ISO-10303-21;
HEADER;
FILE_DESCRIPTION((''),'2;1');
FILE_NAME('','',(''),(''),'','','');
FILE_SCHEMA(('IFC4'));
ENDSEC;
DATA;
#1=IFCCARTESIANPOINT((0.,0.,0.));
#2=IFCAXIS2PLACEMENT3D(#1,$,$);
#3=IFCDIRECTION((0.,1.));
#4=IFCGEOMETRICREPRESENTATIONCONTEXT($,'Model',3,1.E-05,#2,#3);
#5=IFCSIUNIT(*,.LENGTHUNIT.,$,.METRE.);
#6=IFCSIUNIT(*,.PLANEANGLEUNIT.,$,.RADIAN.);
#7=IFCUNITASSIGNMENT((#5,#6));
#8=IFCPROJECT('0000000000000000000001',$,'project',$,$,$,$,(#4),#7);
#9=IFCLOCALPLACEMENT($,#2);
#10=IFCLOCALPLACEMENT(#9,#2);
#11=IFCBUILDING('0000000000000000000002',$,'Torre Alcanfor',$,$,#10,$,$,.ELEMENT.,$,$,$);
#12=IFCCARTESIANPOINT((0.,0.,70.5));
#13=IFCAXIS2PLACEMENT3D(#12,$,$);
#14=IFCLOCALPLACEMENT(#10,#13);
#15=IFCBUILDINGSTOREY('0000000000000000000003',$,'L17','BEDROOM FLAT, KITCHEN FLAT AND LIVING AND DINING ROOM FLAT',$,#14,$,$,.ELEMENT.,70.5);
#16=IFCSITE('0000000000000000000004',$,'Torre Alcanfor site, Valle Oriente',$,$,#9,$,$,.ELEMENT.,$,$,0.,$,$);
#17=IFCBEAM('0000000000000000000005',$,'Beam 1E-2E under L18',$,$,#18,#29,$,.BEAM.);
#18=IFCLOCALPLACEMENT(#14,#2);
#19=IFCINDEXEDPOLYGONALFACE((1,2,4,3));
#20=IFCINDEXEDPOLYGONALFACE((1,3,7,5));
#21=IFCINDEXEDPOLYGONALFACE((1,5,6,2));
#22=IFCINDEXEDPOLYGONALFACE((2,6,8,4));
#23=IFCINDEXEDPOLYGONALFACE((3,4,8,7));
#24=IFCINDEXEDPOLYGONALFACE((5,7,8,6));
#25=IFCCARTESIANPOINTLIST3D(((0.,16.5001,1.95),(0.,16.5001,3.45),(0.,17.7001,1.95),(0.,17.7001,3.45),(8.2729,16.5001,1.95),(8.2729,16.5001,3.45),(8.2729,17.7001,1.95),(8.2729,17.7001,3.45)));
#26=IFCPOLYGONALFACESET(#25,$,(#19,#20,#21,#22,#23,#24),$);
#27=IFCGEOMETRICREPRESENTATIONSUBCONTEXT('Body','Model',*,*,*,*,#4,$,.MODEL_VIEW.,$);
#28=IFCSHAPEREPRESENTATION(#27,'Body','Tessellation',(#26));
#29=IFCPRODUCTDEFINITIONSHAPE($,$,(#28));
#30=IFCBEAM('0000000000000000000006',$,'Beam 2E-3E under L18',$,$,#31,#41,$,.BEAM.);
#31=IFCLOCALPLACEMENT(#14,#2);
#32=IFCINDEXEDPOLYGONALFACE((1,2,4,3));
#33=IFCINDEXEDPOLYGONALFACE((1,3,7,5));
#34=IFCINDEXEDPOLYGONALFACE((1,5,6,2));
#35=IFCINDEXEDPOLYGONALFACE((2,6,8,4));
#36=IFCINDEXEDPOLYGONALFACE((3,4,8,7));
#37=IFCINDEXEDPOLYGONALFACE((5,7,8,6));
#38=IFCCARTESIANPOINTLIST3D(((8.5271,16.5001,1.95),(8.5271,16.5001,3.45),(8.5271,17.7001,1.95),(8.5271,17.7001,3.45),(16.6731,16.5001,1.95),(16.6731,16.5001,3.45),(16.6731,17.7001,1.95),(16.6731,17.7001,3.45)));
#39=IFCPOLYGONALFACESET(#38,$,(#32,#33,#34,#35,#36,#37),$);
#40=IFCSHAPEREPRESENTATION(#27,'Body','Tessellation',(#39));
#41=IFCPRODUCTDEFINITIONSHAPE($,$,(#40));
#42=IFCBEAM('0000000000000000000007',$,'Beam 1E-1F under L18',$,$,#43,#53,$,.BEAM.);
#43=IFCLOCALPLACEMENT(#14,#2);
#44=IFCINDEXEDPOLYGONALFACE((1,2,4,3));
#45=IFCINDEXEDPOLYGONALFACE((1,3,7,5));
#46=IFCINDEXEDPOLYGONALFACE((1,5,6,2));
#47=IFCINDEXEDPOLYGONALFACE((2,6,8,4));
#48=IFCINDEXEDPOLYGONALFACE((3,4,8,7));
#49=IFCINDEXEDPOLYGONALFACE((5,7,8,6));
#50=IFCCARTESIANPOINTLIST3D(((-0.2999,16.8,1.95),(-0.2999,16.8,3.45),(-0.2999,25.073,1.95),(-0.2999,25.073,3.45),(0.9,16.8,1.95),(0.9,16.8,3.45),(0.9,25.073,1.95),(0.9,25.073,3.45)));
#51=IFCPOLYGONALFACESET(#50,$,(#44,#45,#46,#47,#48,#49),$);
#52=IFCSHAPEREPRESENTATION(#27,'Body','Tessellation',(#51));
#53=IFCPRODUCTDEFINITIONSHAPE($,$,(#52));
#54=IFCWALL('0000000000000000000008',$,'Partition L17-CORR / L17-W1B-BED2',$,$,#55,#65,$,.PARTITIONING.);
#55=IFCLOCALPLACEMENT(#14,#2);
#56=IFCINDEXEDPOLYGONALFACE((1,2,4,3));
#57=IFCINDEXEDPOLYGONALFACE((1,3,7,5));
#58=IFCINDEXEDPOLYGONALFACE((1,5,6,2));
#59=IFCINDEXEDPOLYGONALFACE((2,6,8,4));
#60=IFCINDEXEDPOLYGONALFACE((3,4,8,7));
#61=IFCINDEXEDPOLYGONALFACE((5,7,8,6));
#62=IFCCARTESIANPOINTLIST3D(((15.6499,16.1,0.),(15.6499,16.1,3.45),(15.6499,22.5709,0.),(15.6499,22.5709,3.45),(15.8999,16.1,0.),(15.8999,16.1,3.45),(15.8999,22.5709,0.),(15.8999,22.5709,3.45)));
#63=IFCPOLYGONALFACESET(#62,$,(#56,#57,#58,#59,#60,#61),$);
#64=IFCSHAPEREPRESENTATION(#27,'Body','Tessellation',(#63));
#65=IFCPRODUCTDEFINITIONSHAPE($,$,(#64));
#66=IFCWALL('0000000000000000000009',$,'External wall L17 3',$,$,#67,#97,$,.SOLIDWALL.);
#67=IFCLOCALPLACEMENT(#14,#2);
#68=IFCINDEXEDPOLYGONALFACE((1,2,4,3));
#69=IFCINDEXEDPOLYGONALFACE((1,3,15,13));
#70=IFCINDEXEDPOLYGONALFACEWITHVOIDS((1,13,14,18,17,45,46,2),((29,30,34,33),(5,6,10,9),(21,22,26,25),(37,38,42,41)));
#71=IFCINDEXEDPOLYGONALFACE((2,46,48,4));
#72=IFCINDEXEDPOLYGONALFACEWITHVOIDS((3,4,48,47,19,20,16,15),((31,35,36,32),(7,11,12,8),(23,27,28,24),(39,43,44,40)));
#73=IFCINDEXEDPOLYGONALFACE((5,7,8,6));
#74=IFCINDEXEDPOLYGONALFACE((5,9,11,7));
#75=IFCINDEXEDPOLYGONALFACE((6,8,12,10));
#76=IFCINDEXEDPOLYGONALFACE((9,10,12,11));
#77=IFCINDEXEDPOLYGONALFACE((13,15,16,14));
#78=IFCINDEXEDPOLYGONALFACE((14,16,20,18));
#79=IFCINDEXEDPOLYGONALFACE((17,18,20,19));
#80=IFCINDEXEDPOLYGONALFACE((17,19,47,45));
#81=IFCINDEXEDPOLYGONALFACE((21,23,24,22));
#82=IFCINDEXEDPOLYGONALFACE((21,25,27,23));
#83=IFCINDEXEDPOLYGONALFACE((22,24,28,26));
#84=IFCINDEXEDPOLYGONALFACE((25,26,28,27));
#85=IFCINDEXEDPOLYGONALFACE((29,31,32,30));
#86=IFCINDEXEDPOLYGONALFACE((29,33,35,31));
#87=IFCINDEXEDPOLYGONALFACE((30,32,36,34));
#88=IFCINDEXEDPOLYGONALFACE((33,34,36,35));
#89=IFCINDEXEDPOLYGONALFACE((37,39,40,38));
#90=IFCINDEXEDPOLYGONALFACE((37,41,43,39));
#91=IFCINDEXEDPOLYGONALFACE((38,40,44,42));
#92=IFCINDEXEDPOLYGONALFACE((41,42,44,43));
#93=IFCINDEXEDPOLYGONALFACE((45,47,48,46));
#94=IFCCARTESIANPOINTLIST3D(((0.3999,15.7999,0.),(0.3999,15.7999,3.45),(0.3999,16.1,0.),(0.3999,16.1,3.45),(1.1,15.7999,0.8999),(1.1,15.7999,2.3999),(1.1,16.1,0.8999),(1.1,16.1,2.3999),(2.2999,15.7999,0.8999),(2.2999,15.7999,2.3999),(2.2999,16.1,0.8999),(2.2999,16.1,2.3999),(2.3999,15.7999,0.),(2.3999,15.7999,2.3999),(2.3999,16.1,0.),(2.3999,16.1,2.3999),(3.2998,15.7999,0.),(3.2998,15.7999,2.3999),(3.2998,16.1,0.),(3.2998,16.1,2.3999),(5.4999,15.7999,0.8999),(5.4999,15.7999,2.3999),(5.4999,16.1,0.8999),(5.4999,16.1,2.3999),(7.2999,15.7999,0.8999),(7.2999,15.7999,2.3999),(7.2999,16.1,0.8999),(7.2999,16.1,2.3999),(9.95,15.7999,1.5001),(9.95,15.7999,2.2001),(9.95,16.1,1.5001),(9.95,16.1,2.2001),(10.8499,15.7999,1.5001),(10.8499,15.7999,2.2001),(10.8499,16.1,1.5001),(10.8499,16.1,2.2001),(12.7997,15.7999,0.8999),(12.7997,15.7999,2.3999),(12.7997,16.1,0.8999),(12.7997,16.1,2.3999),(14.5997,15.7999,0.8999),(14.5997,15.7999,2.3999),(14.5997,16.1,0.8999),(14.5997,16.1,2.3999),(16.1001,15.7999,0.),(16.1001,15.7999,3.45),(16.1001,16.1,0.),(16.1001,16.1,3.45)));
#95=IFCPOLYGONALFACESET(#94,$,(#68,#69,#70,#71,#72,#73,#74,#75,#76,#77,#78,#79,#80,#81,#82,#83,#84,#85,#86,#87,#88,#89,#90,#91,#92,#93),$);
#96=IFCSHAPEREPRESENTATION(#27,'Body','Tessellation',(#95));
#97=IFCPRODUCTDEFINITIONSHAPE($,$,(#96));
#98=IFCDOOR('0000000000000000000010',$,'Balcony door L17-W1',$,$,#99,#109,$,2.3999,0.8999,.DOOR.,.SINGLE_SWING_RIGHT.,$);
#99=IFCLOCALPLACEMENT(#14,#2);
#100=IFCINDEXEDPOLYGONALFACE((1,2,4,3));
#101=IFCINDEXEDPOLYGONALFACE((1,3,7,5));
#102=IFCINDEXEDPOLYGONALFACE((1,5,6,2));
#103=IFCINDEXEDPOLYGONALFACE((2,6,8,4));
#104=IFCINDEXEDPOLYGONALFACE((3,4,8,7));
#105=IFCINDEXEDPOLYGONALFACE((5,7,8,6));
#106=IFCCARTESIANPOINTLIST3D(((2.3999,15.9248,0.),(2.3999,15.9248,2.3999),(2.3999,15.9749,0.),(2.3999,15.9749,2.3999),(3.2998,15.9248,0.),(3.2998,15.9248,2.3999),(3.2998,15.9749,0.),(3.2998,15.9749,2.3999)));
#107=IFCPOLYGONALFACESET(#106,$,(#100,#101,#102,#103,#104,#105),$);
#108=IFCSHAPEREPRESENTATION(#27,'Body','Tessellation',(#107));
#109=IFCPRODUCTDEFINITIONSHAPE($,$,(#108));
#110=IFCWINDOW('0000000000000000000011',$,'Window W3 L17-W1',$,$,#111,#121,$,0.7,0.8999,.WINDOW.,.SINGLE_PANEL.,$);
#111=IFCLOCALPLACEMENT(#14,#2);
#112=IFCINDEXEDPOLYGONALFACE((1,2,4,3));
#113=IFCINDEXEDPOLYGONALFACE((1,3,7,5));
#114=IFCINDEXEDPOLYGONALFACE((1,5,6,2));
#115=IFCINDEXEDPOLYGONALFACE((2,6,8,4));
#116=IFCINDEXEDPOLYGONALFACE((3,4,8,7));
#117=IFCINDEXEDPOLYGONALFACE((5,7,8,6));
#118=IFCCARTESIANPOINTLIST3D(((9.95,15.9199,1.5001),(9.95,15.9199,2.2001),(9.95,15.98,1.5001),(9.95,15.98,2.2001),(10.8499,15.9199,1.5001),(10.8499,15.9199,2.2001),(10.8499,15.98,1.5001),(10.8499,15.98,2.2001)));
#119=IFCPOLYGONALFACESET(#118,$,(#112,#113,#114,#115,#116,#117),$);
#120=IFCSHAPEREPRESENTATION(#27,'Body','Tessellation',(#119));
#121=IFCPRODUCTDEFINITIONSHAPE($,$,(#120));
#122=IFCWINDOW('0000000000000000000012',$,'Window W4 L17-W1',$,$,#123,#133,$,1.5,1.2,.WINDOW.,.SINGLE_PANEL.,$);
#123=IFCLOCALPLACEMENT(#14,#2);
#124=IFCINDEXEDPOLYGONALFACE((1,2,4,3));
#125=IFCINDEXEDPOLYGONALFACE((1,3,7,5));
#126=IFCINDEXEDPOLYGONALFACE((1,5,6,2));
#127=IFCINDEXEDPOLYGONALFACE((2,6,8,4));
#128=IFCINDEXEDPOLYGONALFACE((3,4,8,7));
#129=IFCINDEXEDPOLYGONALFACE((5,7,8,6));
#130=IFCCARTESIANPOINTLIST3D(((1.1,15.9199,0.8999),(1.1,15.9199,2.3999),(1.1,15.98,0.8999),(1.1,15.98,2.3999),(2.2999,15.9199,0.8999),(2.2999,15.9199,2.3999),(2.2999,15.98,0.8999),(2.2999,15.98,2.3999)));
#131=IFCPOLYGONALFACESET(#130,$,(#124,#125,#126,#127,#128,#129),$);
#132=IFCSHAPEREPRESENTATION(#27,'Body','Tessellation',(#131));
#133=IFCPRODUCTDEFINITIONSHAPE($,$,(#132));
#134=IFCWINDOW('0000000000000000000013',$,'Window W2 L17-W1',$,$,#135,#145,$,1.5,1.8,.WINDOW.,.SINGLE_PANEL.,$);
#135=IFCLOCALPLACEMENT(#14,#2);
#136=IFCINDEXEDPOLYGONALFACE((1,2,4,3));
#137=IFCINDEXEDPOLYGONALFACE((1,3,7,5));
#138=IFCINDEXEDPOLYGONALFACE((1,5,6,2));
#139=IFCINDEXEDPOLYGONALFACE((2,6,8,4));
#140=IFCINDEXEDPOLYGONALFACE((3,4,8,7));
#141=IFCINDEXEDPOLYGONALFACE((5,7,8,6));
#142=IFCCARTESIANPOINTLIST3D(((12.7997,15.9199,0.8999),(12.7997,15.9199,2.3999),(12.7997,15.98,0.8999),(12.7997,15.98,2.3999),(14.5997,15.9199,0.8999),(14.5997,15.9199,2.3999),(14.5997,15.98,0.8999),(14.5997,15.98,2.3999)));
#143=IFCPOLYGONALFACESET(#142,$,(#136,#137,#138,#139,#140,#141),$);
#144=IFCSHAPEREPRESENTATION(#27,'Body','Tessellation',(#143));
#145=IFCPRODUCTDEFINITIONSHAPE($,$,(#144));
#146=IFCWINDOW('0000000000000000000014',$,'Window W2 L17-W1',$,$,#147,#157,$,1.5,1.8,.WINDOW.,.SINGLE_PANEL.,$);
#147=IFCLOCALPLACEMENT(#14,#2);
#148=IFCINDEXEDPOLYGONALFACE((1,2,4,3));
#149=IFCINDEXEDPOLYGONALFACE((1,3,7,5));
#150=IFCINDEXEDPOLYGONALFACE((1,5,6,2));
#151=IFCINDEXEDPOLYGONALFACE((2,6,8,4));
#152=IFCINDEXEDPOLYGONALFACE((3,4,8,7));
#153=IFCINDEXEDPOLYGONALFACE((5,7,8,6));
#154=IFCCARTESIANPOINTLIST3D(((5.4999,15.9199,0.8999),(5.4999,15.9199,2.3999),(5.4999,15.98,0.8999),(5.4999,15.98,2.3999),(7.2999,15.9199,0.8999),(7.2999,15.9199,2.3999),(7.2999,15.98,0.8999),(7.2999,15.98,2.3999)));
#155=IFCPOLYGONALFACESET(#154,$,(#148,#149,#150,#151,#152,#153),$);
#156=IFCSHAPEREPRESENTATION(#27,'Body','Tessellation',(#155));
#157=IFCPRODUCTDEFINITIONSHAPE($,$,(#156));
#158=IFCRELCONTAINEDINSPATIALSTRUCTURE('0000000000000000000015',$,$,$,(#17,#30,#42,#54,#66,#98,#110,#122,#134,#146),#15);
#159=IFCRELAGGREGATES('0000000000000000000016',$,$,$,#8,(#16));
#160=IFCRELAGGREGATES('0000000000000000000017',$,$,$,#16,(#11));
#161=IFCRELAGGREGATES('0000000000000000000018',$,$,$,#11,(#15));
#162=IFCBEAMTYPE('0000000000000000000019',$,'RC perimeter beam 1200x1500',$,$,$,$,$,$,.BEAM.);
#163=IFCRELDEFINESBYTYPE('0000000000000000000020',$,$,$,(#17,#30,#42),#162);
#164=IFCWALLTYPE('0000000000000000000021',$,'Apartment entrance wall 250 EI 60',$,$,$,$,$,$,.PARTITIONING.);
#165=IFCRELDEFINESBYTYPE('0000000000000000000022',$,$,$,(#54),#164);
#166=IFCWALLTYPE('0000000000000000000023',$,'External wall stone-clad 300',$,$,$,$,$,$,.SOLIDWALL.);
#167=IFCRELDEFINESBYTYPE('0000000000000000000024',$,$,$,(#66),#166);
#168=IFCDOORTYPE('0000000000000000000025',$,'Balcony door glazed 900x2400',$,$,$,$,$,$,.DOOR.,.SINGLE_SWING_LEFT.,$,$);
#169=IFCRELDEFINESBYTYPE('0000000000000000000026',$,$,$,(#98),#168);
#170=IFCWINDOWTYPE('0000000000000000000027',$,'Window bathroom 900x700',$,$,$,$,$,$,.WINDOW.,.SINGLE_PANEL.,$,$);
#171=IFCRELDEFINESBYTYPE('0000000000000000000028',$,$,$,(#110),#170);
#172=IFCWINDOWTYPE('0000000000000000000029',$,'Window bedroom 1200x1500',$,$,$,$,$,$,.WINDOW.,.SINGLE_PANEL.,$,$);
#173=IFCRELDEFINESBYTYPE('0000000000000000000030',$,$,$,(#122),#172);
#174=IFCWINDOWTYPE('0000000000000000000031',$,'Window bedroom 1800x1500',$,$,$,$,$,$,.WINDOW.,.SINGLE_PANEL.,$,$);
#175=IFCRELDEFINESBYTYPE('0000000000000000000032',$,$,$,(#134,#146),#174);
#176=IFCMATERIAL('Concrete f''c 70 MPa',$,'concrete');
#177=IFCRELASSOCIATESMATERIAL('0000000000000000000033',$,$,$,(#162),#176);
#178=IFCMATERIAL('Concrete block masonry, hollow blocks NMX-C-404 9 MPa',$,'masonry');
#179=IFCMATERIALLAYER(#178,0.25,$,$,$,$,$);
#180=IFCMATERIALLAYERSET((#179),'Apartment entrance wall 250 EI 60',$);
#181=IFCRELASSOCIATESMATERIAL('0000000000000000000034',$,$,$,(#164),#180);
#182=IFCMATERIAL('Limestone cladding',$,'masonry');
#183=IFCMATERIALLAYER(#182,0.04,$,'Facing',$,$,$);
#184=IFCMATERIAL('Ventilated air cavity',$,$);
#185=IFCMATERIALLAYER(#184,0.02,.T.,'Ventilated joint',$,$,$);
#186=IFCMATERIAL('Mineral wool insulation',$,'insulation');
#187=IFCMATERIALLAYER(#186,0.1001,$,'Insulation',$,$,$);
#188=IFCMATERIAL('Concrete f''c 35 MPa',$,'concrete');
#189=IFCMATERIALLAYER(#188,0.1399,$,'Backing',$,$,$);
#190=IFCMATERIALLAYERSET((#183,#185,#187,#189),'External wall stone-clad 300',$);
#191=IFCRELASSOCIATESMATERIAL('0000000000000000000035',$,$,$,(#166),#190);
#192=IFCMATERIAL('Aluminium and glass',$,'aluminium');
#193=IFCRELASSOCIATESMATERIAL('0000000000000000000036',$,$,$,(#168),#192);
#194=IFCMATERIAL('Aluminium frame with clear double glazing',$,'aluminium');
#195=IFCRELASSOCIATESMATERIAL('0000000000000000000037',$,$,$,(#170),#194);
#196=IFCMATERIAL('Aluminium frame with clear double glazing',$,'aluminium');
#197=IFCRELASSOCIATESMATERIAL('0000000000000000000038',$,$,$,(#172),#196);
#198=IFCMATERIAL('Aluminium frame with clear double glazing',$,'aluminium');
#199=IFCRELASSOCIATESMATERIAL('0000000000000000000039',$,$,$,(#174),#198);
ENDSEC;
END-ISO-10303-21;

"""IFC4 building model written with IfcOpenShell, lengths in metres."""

from ifc_helpers import new_model, si_unit, direction, frame, frame_2d, origin, origin_2d, place, context, subcontext, project, spatial, rectangle, extrude, material, layer, layer_set, material_profile, profile_set, type_object, element, fill, save


model = new_model("IFC4")

# Units and contexts
model_context = context("Model", 3, precision=1e-05, world=origin(), true_north=direction((0.0, 1.0)))
body_context = subcontext(model_context, "Body", "Model", "MODEL_VIEW")
ifc_project = project(units=[si_unit("LENGTHUNIT", "METRE"), si_unit("PLANEANGLEUNIT", "RADIAN")], contexts=[model_context])

# Site, building, storey
site_placement = place(None, origin())
site = spatial("IfcSite", under=ifc_project, at=site_placement, Name="Torre Alcanfor site, Valle Oriente", CompositionType="ELEMENT", RefElevation=0.0)
building_placement = place(site_placement, origin())
building = spatial("IfcBuilding", under=site, at=building_placement, Name="Torre Alcanfor", CompositionType="ELEMENT")
storey_placement = place(building_placement, frame((0.0, 0.0, 70.5)))
storey = spatial("IfcBuildingStorey", under=building, at=storey_placement, Name="L17", Description="BEDROOM FLAT, KITCHEN FLAT AND LIVING AND DINING ROOM FLAT", CompositionType="ELEMENT", Elevation=70.5)

# Beams
ifc_material_1 = material(Name="Concrete f'c 70 MPa", Category="concrete")
ifc_material_profile_1 = material_profile(ifc_material_1, rectangle(XDim=1.2, YDim=1.5, at=origin_2d()), Name="1200x1500")
ifc_profile_set_1 = profile_set([ifc_material_profile_1], Name="Concrete f'c 70 MPa")
beam_type_1 = type_object("IfcBeamType", Name="RC perimeter beam 1200x1500", PredefinedType="BEAM", material=ifc_profile_set_1)
beam_1_placement = place(storey_placement, frame((0.0, 17.1001, 2.7), z_axis=(1.0, 0.0, 0.0), x_axis=(0.0, 1.0, 0.0)))
element("IfcBeam", 1, at=beam_1_placement, inside=storey, type_object=beam_type_1, Name="Beam 1E-2E under L18", PredefinedType="BEAM", context=body_context, shape_type="SweptSolid", body=[
    extrude(rectangle(XDim=1.2, YDim=1.5, at=origin_2d()), origin(), (0.0, 0.0, 1.0), 8.2729),
])
beam_2_placement = place(storey_placement, frame((8.5271, 17.1001, 2.7), z_axis=(1.0, 0.0, 0.0), x_axis=(0.0, 1.0, 0.0)))
element("IfcBeam", 2, at=beam_2_placement, inside=storey, type_object=beam_type_1, Name="Beam 2E-3E under L18", PredefinedType="BEAM", context=body_context, shape_type="SweptSolid", body=[
    extrude(rectangle(XDim=1.2, YDim=1.5, at=origin_2d()), origin(), (0.0, 0.0, 1.0), 8.146),
])
beam_3_placement = place(storey_placement, frame((0.3, 16.8, 2.7), z_axis=(0.0, 1.0, 0.0), x_axis=(-1.0, 0.0, 0.0)))
element("IfcBeam", 3, at=beam_3_placement, inside=storey, type_object=beam_type_1, Name="Beam 1E-1F under L18", PredefinedType="BEAM", context=body_context, shape_type="SweptSolid", body=[
    extrude(rectangle(XDim=1.2, YDim=1.5, at=origin_2d()), origin(), (0.0, 0.0, 1.0), 8.2729),
])

# Wall
ifc_material_2 = material(Name="Concrete block masonry, hollow blocks NMX-C-404 9 MPa", Category="masonry")
ifc_layer_1 = layer(ifc_material_2, 0.25)
ifc_layer_set_1 = layer_set([ifc_layer_1], Name="Apartment entrance wall 250 EI 60")
wall_type_1 = type_object("IfcWallType", Name="Apartment entrance wall 250 EI 60", PredefinedType="PARTITIONING", material=ifc_layer_set_1)
wall_1_placement = place(storey_placement, frame((15.7749, 16.1001, 0.0), z_axis=(0.0, 0.0, 1.0), x_axis=(0.0, 1.0, 0.0)))
element("IfcWall", 4, at=wall_1_placement, inside=storey, type_object=wall_type_1, Name="Partition L17-CORR / L17-W1B-BED2", PredefinedType="PARTITIONING", context=body_context, shape_type="SweptSolid", body=[
    extrude(rectangle(XDim=6.4709, YDim=0.25, at=frame_2d((3.2354, 0.0))), origin(), (0.0, 0.0, 1.0), 3.45),
])

# Wall, openings, door, windows
ifc_material_3 = material(Name="Limestone cladding", Category="masonry")
ifc_layer_2 = layer(ifc_material_3, 0.04, Name="Facing")
ifc_material_4 = material(Name="Ventilated air cavity")
ifc_layer_3 = layer(ifc_material_4, 0.02, ventilated=True, Name="Ventilated joint")
ifc_material_5 = material(Name="Mineral wool insulation", Category="insulation")
ifc_layer_4 = layer(ifc_material_5, 0.1001, Name="Insulation")
ifc_material_6 = material(Name="Concrete f'c 35 MPa", Category="concrete")
ifc_layer_5 = layer(ifc_material_6, 0.1399, Name="Backing")
ifc_layer_set_2 = layer_set([ifc_layer_2, ifc_layer_3, ifc_layer_4, ifc_layer_5], Name="External wall stone-clad 300")
wall_type_2 = type_object("IfcWallType", Name="External wall stone-clad 300", PredefinedType="SOLIDWALL", material=ifc_layer_set_2)
wall_2_placement = place(storey_placement, frame((0.3999, 15.95, 0.0), z_axis=(0.0, 0.0, 1.0), x_axis=(1.0, 0.0, 0.0)))
wall_2 = element("IfcWall", 5, at=wall_2_placement, inside=storey, type_object=wall_type_2, Name="External wall L17 3", PredefinedType="SOLIDWALL", context=body_context, shape_type="SweptSolid", body=[
    extrude(rectangle(XDim=15.7002, YDim=0.3, at=frame_2d((7.8501, 0.0))), origin(), (0.0, 0.0, 1.0), 3.45),
])
opening_1_placement = place(wall_2_placement, frame((12.3999, 0.0, 0.8999)))
opening_1 = element("IfcOpeningElement", 6, at=opening_1_placement, cuts=wall_2, PredefinedType="OPENING", context=body_context, shape_type="SweptSolid", body=[
    extrude(rectangle(XDim=1.8, YDim=1.5, at=frame_2d((0.8999, 0.75))), frame((0.0, 0.1599, 0.0), z_axis=(0.0, -1.0, 0.0), x_axis=(1.0, 0.0, 0.0)), (0.0, 0.0, 1.0), 0.3201),
])
opening_2_placement = place(wall_2_placement, frame((9.55, 0.0, 1.5)))
opening_2 = element("IfcOpeningElement", 7, at=opening_2_placement, cuts=wall_2, PredefinedType="OPENING", context=body_context, shape_type="SweptSolid", body=[
    extrude(rectangle(XDim=0.8999, YDim=0.7, at=frame_2d((0.45, 0.3501))), frame((0.0, 0.1599, 0.0), z_axis=(0.0, -1.0, 0.0), x_axis=(1.0, 0.0, 0.0)), (0.0, 0.0, 1.0), 0.3201),
])
opening_3_placement = place(wall_2_placement, frame((5.1001, 0.0, 0.8999)))
opening_3 = element("IfcOpeningElement", 8, at=opening_3_placement, cuts=wall_2, PredefinedType="OPENING", context=body_context, shape_type="SweptSolid", body=[
    extrude(rectangle(XDim=1.8, YDim=1.5, at=frame_2d((0.8999, 0.75))), frame((0.0, 0.1599, 0.0), z_axis=(0.0, -1.0, 0.0), x_axis=(1.0, 0.0, 0.0)), (0.0, 0.0, 1.0), 0.3201),
])
opening_4_placement = place(wall_2_placement, frame((2.0, 0.0, 0.0)))
opening_4 = element("IfcOpeningElement", 9, at=opening_4_placement, cuts=wall_2, PredefinedType="OPENING", context=body_context, shape_type="SweptSolid", body=[
    extrude(rectangle(XDim=0.8999, YDim=2.3999, at=frame_2d((0.45, 1.2))), frame((0.0, 0.1599, 0.0), z_axis=(0.0, -1.0, 0.0), x_axis=(1.0, 0.0, 0.0)), (0.0, 0.0, 1.0), 0.3201),
])
opening_5_placement = place(wall_2_placement, frame((0.7, 0.0, 0.8999)))
opening_5 = element("IfcOpeningElement", 10, at=opening_5_placement, cuts=wall_2, PredefinedType="OPENING", context=body_context, shape_type="SweptSolid", body=[
    extrude(rectangle(XDim=1.2, YDim=1.5, at=frame_2d((0.6001, 0.75))), frame((0.0, 0.1599, 0.0), z_axis=(0.0, -1.0, 0.0), x_axis=(1.0, 0.0, 0.0)), (0.0, 0.0, 1.0), 0.3201),
])
ifc_material_7 = material(Name="Aluminium and glass", Category="aluminium")
door_type = type_object("IfcDoorType", Name="Balcony door glazed 900x2400", OperationType="SINGLE_SWING_LEFT", PredefinedType="DOOR", material=ifc_material_7)
door_1_placement = place(opening_4_placement, origin())
door_1 = element("IfcDoor", 11, at=door_1_placement, inside=storey, type_object=door_type, Name="Balcony door L17-W1", OperationType="SINGLE_SWING_RIGHT", OverallHeight=2.3999, OverallWidth=0.8999, PredefinedType="DOOR", context=body_context, shape_type="SweptSolid", body=[
    extrude(rectangle(XDim=0.8999, YDim=2.3999, at=frame_2d((0.45, 1.2))), frame((0.0, 0.0249, 0.0), z_axis=(0.0, -1.0, 0.0), x_axis=(1.0, 0.0, 0.0)), (0.0, 0.0, 1.0), 0.05),
])
fill(opening_4, door_1)
ifc_material_8 = material(Name="Aluminium frame with clear double glazing", Category="aluminium")
window_type_1 = type_object("IfcWindowType", Name="Window bathroom 900x700", PartitioningType="SINGLE_PANEL", PredefinedType="WINDOW", material=ifc_material_8)
window_1_placement = place(opening_2_placement, origin())
window_1 = element("IfcWindow", 12, at=window_1_placement, inside=storey, type_object=window_type_1, Name="Window W3 L17-W1", OverallHeight=0.7, OverallWidth=0.8999, PartitioningType="SINGLE_PANEL", PredefinedType="WINDOW", context=body_context, shape_type="SweptSolid", body=[
    extrude(rectangle(XDim=0.8999, YDim=0.7, at=frame_2d((0.45, 0.3501))), frame((0.0, 0.03, 0.0), z_axis=(0.0, -1.0, 0.0), x_axis=(1.0, 0.0, 0.0)), (0.0, 0.0, 1.0), 0.0601),
])
fill(opening_2, window_1)
ifc_material_9 = material(Name="Aluminium frame with clear double glazing", Category="aluminium")
window_type_2 = type_object("IfcWindowType", Name="Window bedroom 1200x1500", PartitioningType="SINGLE_PANEL", PredefinedType="WINDOW", material=ifc_material_9)
window_2_placement = place(opening_5_placement, origin())
window_2 = element("IfcWindow", 13, at=window_2_placement, inside=storey, type_object=window_type_2, Name="Window W4 L17-W1", OverallHeight=1.5, OverallWidth=1.2, PartitioningType="SINGLE_PANEL", PredefinedType="WINDOW", context=body_context, shape_type="SweptSolid", body=[
    extrude(rectangle(XDim=1.2, YDim=1.5, at=frame_2d((0.6001, 0.75))), frame((0.0, 0.03, 0.0), z_axis=(0.0, -1.0, 0.0), x_axis=(1.0, 0.0, 0.0)), (0.0, 0.0, 1.0), 0.0601),
])
fill(opening_5, window_2)
ifc_material_10 = material(Name="Aluminium frame with clear double glazing", Category="aluminium")
window_type_3 = type_object("IfcWindowType", Name="Window bedroom 1800x1500", PartitioningType="SINGLE_PANEL", PredefinedType="WINDOW", material=ifc_material_10)
window_3_placement = place(opening_1_placement, origin())
window_3 = element("IfcWindow", 14, at=window_3_placement, inside=storey, type_object=window_type_3, Name="Window W2 L17-W1", OverallHeight=1.5, OverallWidth=1.8, PartitioningType="SINGLE_PANEL", PredefinedType="WINDOW", context=body_context, shape_type="SweptSolid", body=[
    extrude(rectangle(XDim=1.8, YDim=1.5, at=frame_2d((0.8999, 0.75))), frame((0.0, 0.03, 0.0), z_axis=(0.0, -1.0, 0.0), x_axis=(1.0, 0.0, 0.0)), (0.0, 0.0, 1.0), 0.0601),
])
fill(opening_1, window_3)
window_4_placement = place(opening_3_placement, origin())
window_4 = element("IfcWindow", 15, at=window_4_placement, inside=storey, type_object=window_type_3, Name="Window W2 L17-W1", OverallHeight=1.5, OverallWidth=1.8, PartitioningType="SINGLE_PANEL", PredefinedType="WINDOW", context=body_context, shape_type="SweptSolid", body=[
    extrude(rectangle(XDim=1.8, YDim=1.5, at=frame_2d((0.8999, 0.75))), frame((0.0, 0.03, 0.0), z_axis=(0.0, -1.0, 0.0), x_axis=(1.0, 0.0, 0.0)), (0.0, 0.0, 1.0), 0.0601),
])
fill(opening_3, window_4)

save(model, "model.ifc")
